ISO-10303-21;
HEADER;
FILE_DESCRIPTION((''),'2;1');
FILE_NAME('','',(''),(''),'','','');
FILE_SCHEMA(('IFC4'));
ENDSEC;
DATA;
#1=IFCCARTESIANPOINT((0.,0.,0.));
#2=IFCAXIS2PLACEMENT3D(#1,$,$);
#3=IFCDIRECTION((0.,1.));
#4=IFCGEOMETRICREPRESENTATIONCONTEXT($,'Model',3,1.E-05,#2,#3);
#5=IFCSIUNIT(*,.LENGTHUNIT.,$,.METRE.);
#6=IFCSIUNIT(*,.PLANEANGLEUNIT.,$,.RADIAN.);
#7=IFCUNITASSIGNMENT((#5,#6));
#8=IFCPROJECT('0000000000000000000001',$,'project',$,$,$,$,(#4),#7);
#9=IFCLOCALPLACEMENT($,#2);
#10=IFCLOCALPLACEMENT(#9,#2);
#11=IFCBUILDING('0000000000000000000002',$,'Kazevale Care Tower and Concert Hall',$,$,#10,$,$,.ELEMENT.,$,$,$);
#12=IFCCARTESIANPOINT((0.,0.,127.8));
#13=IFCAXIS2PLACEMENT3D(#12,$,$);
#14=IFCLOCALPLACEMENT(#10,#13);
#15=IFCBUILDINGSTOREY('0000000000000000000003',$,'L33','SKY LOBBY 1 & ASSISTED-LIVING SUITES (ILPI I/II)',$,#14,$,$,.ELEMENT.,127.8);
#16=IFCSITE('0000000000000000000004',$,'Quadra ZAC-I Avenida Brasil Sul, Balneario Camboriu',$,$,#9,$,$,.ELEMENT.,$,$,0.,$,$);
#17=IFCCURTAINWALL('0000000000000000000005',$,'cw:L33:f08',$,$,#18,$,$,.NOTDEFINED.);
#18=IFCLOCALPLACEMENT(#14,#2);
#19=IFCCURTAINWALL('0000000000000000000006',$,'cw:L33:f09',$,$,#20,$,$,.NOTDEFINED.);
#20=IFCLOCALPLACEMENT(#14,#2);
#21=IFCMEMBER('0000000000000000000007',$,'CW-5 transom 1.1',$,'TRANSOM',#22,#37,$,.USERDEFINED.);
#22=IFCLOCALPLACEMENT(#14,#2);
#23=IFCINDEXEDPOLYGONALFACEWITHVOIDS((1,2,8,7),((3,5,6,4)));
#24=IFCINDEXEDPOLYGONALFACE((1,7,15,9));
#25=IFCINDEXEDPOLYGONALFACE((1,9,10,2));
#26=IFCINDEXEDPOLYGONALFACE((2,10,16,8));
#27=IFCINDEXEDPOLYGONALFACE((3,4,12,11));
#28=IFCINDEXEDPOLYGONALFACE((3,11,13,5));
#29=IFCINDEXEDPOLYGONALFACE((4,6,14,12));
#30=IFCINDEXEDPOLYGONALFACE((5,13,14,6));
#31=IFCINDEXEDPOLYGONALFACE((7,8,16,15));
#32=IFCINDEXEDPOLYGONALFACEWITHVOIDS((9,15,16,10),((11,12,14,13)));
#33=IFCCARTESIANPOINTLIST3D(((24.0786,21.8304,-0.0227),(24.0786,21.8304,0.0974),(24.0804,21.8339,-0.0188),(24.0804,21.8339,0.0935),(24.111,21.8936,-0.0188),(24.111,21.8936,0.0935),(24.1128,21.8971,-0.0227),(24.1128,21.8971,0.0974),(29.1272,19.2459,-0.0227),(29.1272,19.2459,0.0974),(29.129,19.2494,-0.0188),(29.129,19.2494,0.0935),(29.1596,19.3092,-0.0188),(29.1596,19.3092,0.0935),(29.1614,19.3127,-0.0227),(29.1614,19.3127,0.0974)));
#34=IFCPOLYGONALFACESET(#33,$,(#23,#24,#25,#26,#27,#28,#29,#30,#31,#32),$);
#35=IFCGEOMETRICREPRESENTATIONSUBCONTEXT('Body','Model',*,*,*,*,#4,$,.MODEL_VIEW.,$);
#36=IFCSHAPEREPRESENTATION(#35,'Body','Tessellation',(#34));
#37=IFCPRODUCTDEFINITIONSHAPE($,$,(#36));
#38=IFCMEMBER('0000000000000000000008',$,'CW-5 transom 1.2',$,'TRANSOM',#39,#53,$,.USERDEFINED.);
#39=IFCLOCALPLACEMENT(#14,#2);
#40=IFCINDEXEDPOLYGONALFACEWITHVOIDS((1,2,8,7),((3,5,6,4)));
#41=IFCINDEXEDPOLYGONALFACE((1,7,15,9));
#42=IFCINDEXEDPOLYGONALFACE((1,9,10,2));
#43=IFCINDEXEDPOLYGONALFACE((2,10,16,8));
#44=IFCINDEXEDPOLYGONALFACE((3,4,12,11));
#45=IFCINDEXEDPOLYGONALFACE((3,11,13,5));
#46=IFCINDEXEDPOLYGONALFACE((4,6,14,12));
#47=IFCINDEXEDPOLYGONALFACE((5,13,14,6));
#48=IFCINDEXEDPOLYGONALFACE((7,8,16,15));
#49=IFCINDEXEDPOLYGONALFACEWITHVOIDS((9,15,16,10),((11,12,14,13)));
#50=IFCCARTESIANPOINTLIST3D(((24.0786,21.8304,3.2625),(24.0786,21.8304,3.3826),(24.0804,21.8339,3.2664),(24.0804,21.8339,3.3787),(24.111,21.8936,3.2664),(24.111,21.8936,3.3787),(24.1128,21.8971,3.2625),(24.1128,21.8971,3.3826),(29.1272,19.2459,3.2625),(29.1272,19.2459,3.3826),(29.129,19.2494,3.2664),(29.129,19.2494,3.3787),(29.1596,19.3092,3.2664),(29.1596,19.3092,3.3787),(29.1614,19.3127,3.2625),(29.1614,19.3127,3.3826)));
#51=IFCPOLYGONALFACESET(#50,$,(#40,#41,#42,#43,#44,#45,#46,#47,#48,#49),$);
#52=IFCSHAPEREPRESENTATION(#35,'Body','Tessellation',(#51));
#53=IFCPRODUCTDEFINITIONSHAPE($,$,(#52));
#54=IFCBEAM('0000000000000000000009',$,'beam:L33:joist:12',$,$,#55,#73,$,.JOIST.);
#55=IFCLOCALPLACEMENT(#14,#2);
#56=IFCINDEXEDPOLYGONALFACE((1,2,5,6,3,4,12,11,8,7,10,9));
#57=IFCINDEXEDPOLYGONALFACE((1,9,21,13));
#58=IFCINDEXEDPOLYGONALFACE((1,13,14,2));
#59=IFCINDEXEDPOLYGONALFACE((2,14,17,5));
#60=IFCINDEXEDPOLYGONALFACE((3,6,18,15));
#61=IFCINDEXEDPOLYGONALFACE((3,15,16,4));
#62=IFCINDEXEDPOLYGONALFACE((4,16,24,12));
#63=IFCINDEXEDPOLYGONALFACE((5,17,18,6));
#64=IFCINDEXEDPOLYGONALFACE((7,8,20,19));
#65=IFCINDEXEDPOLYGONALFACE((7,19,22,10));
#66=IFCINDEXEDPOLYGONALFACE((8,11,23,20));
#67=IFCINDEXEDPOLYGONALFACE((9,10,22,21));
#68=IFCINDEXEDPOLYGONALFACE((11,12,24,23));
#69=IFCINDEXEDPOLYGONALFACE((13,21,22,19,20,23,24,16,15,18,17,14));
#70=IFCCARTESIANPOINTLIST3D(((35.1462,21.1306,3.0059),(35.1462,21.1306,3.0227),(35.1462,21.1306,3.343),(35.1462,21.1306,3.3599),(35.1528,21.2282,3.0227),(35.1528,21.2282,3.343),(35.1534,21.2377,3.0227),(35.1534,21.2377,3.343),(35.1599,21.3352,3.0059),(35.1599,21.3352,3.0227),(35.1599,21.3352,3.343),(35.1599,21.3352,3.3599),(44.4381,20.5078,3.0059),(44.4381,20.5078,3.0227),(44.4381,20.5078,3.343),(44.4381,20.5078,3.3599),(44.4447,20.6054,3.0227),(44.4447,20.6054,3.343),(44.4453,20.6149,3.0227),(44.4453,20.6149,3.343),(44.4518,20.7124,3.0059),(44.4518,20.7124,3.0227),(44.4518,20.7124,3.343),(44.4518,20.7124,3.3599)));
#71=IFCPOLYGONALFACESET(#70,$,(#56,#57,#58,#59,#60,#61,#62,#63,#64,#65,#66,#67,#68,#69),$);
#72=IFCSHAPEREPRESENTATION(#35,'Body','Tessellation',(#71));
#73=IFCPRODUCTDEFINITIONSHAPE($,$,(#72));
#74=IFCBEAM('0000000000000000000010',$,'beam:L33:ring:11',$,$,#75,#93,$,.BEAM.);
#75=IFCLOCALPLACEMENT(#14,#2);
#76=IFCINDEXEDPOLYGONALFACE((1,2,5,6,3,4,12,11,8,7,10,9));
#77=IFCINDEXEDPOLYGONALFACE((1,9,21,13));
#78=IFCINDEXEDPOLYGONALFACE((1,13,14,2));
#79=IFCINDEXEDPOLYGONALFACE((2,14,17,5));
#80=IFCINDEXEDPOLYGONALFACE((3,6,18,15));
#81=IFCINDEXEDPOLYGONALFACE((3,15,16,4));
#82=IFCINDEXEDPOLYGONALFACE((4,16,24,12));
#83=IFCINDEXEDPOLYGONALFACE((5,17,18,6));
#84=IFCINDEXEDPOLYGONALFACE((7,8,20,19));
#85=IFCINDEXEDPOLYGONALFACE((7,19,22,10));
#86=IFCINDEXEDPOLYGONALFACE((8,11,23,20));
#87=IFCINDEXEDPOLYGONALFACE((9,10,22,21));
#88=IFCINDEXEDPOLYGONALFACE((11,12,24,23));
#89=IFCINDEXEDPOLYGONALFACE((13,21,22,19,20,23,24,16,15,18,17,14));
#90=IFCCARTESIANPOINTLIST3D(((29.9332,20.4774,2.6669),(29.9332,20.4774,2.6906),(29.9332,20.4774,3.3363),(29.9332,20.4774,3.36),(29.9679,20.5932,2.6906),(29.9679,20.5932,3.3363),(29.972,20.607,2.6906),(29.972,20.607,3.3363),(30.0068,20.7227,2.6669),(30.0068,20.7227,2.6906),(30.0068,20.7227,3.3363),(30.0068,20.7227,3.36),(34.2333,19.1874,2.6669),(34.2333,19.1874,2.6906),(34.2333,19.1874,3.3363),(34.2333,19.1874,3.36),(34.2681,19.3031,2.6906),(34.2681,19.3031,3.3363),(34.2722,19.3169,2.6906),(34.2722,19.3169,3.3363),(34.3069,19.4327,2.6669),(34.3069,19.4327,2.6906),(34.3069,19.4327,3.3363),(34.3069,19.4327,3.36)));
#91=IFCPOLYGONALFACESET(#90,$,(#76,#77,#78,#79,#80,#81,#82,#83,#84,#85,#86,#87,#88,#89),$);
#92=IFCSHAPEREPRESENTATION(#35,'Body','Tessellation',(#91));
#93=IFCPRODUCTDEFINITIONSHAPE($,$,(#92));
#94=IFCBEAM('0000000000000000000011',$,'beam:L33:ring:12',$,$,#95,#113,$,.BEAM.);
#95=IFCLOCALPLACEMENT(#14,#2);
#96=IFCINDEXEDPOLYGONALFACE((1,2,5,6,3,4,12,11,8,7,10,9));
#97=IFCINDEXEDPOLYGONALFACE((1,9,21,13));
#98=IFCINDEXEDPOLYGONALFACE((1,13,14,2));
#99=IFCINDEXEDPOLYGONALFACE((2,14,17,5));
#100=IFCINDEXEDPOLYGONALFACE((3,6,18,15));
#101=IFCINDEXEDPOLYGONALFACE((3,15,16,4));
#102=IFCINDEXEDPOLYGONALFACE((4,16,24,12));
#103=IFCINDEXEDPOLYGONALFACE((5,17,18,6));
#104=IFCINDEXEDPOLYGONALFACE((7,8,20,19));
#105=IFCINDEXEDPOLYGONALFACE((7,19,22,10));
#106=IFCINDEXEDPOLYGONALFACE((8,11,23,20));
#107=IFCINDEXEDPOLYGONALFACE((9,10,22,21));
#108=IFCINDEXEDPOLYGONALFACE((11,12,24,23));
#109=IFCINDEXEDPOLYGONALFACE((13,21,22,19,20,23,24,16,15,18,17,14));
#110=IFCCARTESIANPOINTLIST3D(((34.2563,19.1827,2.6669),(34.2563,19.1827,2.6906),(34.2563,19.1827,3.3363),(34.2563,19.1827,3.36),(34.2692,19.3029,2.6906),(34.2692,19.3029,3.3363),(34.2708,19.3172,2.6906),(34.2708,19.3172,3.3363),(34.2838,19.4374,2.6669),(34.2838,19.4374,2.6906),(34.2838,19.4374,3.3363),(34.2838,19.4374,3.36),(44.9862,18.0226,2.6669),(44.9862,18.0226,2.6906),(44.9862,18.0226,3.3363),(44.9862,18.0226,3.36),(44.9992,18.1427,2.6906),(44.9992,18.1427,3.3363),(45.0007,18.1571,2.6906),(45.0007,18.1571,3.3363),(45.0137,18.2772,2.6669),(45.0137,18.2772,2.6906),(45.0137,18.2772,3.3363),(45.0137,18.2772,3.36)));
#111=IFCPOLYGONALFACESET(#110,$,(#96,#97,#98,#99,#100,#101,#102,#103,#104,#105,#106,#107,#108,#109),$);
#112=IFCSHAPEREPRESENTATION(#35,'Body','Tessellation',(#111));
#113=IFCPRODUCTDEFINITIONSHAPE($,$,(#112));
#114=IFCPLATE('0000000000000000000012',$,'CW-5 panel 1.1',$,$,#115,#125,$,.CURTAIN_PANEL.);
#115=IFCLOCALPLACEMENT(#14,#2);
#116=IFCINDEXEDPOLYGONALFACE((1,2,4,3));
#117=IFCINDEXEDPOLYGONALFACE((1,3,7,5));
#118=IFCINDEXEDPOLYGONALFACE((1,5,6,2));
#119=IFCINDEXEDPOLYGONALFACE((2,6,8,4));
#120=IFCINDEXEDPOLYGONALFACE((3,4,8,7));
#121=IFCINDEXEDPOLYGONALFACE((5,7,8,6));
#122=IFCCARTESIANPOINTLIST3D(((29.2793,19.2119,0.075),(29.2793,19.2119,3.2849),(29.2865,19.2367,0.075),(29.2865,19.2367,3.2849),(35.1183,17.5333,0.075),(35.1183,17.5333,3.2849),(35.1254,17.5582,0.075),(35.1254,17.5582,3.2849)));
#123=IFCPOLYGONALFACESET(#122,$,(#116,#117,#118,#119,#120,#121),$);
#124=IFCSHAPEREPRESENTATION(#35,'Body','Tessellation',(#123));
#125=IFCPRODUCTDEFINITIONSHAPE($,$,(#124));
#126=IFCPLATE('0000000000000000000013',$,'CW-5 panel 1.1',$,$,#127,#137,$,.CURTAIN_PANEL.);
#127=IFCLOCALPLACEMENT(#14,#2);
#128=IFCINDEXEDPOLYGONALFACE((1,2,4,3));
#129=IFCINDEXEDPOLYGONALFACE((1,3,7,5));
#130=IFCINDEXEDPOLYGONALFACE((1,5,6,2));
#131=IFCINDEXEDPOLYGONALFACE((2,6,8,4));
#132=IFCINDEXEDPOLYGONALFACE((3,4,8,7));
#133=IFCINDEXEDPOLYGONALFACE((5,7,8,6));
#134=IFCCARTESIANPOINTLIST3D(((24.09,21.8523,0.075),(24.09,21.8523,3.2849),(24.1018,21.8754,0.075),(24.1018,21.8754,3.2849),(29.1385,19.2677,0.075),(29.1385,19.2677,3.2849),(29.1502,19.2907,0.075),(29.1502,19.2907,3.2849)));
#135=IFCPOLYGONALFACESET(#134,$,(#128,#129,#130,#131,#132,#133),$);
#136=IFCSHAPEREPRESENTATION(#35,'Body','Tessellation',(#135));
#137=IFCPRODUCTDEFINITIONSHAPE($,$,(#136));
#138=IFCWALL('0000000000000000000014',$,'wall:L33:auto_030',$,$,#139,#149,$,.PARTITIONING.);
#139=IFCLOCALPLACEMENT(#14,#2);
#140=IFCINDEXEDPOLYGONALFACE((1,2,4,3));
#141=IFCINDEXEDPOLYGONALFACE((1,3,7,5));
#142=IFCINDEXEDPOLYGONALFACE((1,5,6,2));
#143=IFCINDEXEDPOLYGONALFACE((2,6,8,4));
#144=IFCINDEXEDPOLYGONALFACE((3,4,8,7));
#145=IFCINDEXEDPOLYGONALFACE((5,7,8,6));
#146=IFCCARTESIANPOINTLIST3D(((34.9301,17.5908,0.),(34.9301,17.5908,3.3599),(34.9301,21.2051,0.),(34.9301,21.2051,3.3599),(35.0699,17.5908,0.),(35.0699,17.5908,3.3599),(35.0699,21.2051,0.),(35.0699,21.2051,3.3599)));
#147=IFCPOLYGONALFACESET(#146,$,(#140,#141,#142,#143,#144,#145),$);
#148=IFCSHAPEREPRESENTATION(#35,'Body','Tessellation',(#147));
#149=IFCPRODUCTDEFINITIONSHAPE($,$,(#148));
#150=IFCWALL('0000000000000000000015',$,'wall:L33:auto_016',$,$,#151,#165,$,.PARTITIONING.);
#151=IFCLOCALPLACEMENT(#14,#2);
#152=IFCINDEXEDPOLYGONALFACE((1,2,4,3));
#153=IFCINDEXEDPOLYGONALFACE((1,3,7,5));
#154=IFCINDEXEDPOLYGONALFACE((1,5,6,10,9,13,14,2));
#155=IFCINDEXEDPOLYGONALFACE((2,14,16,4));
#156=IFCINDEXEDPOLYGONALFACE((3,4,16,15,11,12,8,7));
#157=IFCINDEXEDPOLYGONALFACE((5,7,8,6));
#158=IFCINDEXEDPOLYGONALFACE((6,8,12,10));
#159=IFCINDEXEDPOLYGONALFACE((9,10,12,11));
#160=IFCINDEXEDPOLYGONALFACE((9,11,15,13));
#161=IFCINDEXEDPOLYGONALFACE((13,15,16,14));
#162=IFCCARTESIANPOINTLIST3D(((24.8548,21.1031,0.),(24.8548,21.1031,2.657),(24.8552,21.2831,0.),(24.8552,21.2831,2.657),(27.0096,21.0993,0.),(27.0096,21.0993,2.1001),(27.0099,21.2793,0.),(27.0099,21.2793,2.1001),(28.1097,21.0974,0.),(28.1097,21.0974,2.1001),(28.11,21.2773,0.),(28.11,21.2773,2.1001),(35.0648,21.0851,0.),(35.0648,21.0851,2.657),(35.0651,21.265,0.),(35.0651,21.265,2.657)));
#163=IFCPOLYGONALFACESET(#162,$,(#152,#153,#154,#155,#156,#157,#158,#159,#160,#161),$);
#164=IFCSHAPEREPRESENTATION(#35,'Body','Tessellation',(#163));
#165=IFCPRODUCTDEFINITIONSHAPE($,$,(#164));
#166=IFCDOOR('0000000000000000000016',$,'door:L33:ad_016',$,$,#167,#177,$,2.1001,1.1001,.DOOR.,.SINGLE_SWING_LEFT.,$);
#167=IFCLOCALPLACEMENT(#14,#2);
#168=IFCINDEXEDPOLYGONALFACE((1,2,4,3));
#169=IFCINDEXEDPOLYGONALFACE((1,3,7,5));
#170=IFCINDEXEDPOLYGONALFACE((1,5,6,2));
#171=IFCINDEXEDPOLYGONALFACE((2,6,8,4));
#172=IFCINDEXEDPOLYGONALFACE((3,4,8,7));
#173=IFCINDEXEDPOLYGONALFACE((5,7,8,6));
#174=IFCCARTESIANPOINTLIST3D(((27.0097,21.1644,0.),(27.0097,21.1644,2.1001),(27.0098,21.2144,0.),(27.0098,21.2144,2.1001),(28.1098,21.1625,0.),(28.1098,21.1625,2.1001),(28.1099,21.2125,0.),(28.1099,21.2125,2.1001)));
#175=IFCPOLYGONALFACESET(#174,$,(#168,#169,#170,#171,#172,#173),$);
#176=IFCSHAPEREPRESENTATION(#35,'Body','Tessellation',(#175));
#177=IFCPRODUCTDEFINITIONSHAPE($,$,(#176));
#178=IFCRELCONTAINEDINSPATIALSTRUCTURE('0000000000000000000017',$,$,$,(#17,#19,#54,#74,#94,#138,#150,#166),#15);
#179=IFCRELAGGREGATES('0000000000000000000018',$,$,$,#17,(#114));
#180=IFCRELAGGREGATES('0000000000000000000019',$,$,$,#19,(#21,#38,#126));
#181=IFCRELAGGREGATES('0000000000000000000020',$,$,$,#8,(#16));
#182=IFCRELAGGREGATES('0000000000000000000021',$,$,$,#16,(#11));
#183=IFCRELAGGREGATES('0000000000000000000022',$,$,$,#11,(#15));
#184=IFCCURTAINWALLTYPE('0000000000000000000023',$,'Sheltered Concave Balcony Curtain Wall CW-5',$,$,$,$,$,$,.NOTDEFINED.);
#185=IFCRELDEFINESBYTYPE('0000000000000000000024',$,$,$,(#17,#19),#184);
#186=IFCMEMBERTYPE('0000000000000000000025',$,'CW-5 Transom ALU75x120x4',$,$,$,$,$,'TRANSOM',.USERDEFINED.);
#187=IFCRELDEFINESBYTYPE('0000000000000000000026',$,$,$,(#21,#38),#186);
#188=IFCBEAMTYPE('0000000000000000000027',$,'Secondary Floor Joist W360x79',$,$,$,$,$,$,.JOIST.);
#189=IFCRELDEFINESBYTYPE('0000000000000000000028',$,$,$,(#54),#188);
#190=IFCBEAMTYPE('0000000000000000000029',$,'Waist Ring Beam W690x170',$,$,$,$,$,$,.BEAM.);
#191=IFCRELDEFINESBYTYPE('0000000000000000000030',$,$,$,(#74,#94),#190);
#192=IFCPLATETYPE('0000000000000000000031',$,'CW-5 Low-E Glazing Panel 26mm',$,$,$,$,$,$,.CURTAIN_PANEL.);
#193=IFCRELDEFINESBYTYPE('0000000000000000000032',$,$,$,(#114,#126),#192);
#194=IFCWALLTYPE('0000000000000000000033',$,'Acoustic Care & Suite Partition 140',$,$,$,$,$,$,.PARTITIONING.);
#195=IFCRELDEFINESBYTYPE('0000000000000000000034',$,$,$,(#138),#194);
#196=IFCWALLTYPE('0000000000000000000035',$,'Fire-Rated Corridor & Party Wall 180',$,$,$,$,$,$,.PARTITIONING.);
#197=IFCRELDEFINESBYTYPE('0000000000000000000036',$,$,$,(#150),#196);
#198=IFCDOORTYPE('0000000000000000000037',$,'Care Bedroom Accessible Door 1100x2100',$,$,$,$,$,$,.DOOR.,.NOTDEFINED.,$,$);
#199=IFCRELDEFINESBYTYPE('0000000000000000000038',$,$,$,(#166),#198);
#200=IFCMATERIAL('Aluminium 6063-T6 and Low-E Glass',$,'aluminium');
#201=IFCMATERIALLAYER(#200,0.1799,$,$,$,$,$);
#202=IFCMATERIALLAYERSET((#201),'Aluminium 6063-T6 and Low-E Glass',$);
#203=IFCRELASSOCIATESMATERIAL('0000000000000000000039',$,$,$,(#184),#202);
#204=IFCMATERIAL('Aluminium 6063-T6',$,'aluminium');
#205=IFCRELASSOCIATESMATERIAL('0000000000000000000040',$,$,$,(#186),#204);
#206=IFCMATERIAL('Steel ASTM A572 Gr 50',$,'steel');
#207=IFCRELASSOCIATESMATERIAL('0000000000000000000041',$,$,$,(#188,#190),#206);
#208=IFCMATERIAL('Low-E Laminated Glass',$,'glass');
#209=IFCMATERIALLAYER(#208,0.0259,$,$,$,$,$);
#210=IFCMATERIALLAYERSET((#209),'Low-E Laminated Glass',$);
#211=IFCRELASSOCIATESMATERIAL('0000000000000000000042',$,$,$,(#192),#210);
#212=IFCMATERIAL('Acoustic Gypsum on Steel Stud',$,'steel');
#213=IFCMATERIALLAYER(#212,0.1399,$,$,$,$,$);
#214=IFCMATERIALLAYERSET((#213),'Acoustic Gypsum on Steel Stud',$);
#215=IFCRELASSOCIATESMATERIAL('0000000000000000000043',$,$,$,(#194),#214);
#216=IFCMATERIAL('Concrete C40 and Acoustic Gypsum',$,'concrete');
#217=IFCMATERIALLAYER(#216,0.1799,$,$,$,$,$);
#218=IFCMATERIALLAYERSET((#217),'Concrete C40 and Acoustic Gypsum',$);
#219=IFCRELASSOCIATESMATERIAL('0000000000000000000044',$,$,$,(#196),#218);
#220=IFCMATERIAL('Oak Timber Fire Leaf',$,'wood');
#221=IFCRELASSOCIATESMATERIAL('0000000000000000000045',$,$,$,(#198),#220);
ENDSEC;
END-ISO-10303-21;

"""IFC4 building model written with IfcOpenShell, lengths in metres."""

from ifc_helpers import new_model, si_unit, direction, frame, frame_2d, origin, origin_2d, place, context, subcontext, project, spatial, rectangle, hollow_rectangle, i_section, extrude, material, layer, layer_set, material_profile, profile_set, type_object, element, fill, aggregate, save


model = new_model("IFC4")

# Units and contexts
model_context = context("Model", 3, precision=1e-05, world=origin(), true_north=direction((0.0, 1.0)))
body_context = subcontext(model_context, "Body", "Model", "MODEL_VIEW")
ifc_project = project(units=[si_unit("LENGTHUNIT", "METRE"), si_unit("PLANEANGLEUNIT", "RADIAN")], contexts=[model_context])

# Site, building, storey
site_placement = place(None, origin())
site = spatial("IfcSite", under=ifc_project, at=site_placement, Name="Quadra ZAC-I Avenida Brasil Sul, Balneario Camboriu", CompositionType="ELEMENT", RefElevation=0.0)
building_placement = place(site_placement, origin())
building = spatial("IfcBuilding", under=site, at=building_placement, Name="Kazevale Care Tower and Concert Hall", CompositionType="ELEMENT")
storey_placement = place(building_placement, frame((0.0, 0.0, 127.8)))
storey = spatial("IfcBuildingStorey", under=building, at=storey_placement, Name="L33", Description="SKY LOBBY 1 & ASSISTED-LIVING SUITES (ILPI I/II)", CompositionType="ELEMENT", Elevation=127.8)

# Curtain wall
ifc_material_1 = material(Name="Aluminium 6063-T6 and Low-E Glass", Category="aluminium")
ifc_layer_1 = layer(ifc_material_1, 0.1799)
ifc_layer_set_1 = layer_set([ifc_layer_1], Name="Aluminium 6063-T6 and Low-E Glass")
curtain_wall_type = type_object("IfcCurtainWallType", Name="Sheltered Concave Balcony Curtain Wall CW-5", PredefinedType="NOTDEFINED", material=ifc_layer_set_1)
curtain_wall_1_placement = place(storey_placement, origin())
curtain_wall_1 = element("IfcCurtainWall", 1, at=curtain_wall_1_placement, inside=storey, type_object=curtain_wall_type, Name="cw:L33:f08", PredefinedType="NOTDEFINED")
ifc_material_2 = material(Name="Aluminium 6063-T6", Category="aluminium")

# Curtain wall
curtain_wall_2_placement = place(storey_placement, origin())
curtain_wall_2 = element("IfcCurtainWall", 2, at=curtain_wall_2_placement, inside=storey, type_object=curtain_wall_type, Name="cw:L33:f09", PredefinedType="NOTDEFINED")

# Members
ifc_material_profile_1 = material_profile(ifc_material_2, hollow_rectangle(XDim=0.075, YDim=0.1201, WallThickness=0.0039, at=origin_2d()), Name="ALU75x120x4")
ifc_profile_set_1 = profile_set([ifc_material_profile_1], Name="Aluminium 6063-T6")
member_type_1 = type_object("IfcMemberType", Name="CW-5 Transom ALU75x120x4", ElementType="TRANSOM", PredefinedType="USERDEFINED", material=ifc_profile_set_1)
member_1_placement = place(storey_placement, frame((29.1443, 19.2793, 0.0374), z_axis=(-0.890143, 0.455682, 0.0), x_axis=(-0.455682, -0.890143, 0.0)))
member_1 = element("IfcMember", 3, at=member_1_placement, type_object=member_type_1, Name="CW-5 transom 1.1", ObjectType="TRANSOM", PredefinedType="USERDEFINED", context=body_context, shape_type="SweptSolid", body=[
    extrude(hollow_rectangle(XDim=0.075, YDim=0.1201, WallThickness=0.0039, at=origin_2d()), origin(), (0.0, 0.0, 1.0), 5.6716),
])
member_2_placement = place(storey_placement, frame((29.1443, 19.2793, 3.3225), z_axis=(-0.890143, 0.455682, 0.0), x_axis=(-0.455682, -0.890143, 0.0)))
member_2 = element("IfcMember", 4, at=member_2_placement, type_object=member_type_1, Name="CW-5 transom 1.2", ObjectType="TRANSOM", PredefinedType="USERDEFINED", context=body_context, shape_type="SweptSolid", body=[
    extrude(hollow_rectangle(XDim=0.075, YDim=0.1201, WallThickness=0.0039, at=origin_2d()), origin(), (0.0, 0.0, 1.0), 5.6716),
])

# Beams
ifc_material_3 = material(Name="Steel ASTM A572 Gr 50", Category="steel")
ifc_material_profile_2 = material_profile(ifc_material_3, i_section(OverallWidth=0.2051, OverallDepth=0.354, WebThickness=0.0095, FlangeThickness=0.0168, at=origin_2d()), Name="W360x79")
ifc_profile_set_2 = profile_set([ifc_material_profile_2], Name="Steel ASTM A572 Gr 50")
beam_type_1 = type_object("IfcBeamType", Name="Secondary Floor Joist W360x79", PredefinedType="JOIST", material=ifc_profile_set_2)
beam_1_placement = place(storey_placement, frame((35.1531, 21.2329, 3.1829), z_axis=(0.997761, -0.066876, 0.0), x_axis=(0.066876, 0.997761, 0.0)))
element("IfcBeam", 5, at=beam_1_placement, inside=storey, type_object=beam_type_1, Name="beam:L33:joist:12", PredefinedType="JOIST", context=body_context, shape_type="SweptSolid", body=[
    extrude(i_section(OverallWidth=0.2051, OverallDepth=0.354, WebThickness=0.0095, FlangeThickness=0.0168, at=origin_2d()), origin(), (0.0, 0.0, 1.0), 9.3127),
])
ifc_material_profile_3 = material_profile(ifc_material_3, i_section(OverallWidth=0.2561, OverallDepth=0.6931, WebThickness=0.0144, FlangeThickness=0.0237, at=origin_2d()), Name="W690x170")
ifc_profile_set_3 = profile_set([ifc_material_profile_3], Name="Steel ASTM A572 Gr 50")
beam_type_2 = type_object("IfcBeamType", Name="Waist Ring Beam W690x170", PredefinedType="BEAM", material=ifc_profile_set_3)
beam_2_placement = place(storey_placement, frame((29.97, 20.6001, 3.0134), z_axis=(0.957825, -0.287353, 0.0), x_axis=(0.287353, 0.957825, 0.0)))
element("IfcBeam", 6, at=beam_2_placement, inside=storey, type_object=beam_type_2, Name="beam:L33:ring:11", PredefinedType="BEAM", context=body_context, shape_type="SweptSolid", body=[
    extrude(i_section(OverallWidth=0.2561, OverallDepth=0.6931, WebThickness=0.0144, FlangeThickness=0.0237, at=origin_2d()), origin(), (0.0, 0.0, 1.0), 4.4895),
])
beam_3_placement = place(storey_placement, frame((34.27, 19.3101, 3.0134), z_axis=(0.994205, -0.107496, 0.0), x_axis=(0.107496, 0.994205, 0.0)))
element("IfcBeam", 7, at=beam_3_placement, inside=storey, type_object=beam_type_2, Name="beam:L33:ring:12", PredefinedType="BEAM", context=body_context, shape_type="SweptSolid", body=[
    extrude(i_section(OverallWidth=0.2561, OverallDepth=0.6931, WebThickness=0.0144, FlangeThickness=0.0237, at=origin_2d()), origin(), (0.0, 0.0, 1.0), 10.7925),
])

# Plates
ifc_material_4 = material(Name="Low-E Laminated Glass", Category="glass")
ifc_layer_2 = layer(ifc_material_4, 0.0259)
ifc_layer_set_2 = layer_set([ifc_layer_2], Name="Low-E Laminated Glass")
plate_type = type_object("IfcPlateType", Name="CW-5 Low-E Glazing Panel 26mm", PredefinedType="CURTAIN_PANEL", material=ifc_layer_set_2)
plate_1_placement = place(storey_placement, frame((32.2024, 18.385, 0.075), z_axis=(0.0, 0.0, 1.0), x_axis=(-0.961074, 0.276291, 0.0)))
plate_1 = element("IfcPlate", 8, at=plate_1_placement, type_object=plate_type, Name="CW-5 panel 1.1", PredefinedType="CURTAIN_PANEL", context=body_context, shape_type="SweptSolid", body=[
    extrude(rectangle(XDim=6.0754, YDim=0.0259, at=origin_2d()), origin(), (0.0, 0.0, 1.0), 3.21),
])
aggregate(curtain_wall_1, [plate_1])
plate_2_placement = place(storey_placement, frame((26.6201, 20.5715, 0.075), z_axis=(0.0, 0.0, 1.0), x_axis=(-0.890127, 0.455713, 0.0)))
plate_2 = element("IfcPlate", 9, at=plate_2_placement, type_object=plate_type, Name="CW-5 panel 1.1", PredefinedType="CURTAIN_PANEL", context=body_context, shape_type="SweptSolid", body=[
    extrude(rectangle(XDim=5.6716, YDim=0.0259, at=origin_2d()), origin(), (0.0, 0.0, 1.0), 3.21),
])
aggregate(curtain_wall_2, [member_1, member_2, plate_2])

# Wall
ifc_material_5 = material(Name="Acoustic Gypsum on Steel Stud", Category="steel")
ifc_layer_3 = layer(ifc_material_5, 0.1399)
ifc_layer_set_3 = layer_set([ifc_layer_3], Name="Acoustic Gypsum on Steel Stud")
wall_type_1 = type_object("IfcWallType", Name="Acoustic Care & Suite Partition 140", PredefinedType="PARTITIONING", material=ifc_layer_set_3)
wall_1_placement = place(storey_placement, frame((35.0, 21.2051, 0.0), z_axis=(0.0, 0.0, 1.0), x_axis=(0.0, -1.0, 0.0)))
element("IfcWall", 10, at=wall_1_placement, inside=storey, type_object=wall_type_1, Name="wall:L33:auto_030", PredefinedType="PARTITIONING", context=body_context, shape_type="SweptSolid", body=[
    extrude(rectangle(XDim=3.6143, YDim=0.1399, at=frame_2d((1.8071, 0.0))), origin(), (0.0, 0.0, 1.0), 3.3599),
])

# Wall, opening, door
ifc_material_6 = material(Name="Concrete C40 and Acoustic Gypsum", Category="concrete")
ifc_layer_4 = layer(ifc_material_6, 0.1799)
ifc_layer_set_4 = layer_set([ifc_layer_4], Name="Concrete C40 and Acoustic Gypsum")
wall_type_2 = type_object("IfcWallType", Name="Fire-Rated Corridor & Party Wall 180", PredefinedType="PARTITIONING", material=ifc_layer_set_4)
wall_2_placement = place(storey_placement, frame((35.0649, 21.175, 0.0), z_axis=(0.0, 0.0, 1.0), x_axis=(-0.999998, 0.001769, 0.0)))
wall_2 = element("IfcWall", 11, at=wall_2_placement, inside=storey, type_object=wall_type_2, Name="wall:L33:auto_016", PredefinedType="PARTITIONING", context=body_context, shape_type="SweptSolid", body=[
    extrude(rectangle(XDim=10.21, YDim=0.1799, at=frame_2d((5.105, 0.0))), origin(), (0.0, 0.0, 1.0), 2.657),
])
opening_placement = place(wall_2_placement, frame((6.9551, 0.0, 0.0)))
opening = element("IfcOpeningElement", 12, at=opening_placement, cuts=wall_2, PredefinedType="OPENING", context=body_context, shape_type="SweptSolid", body=[
    extrude(rectangle(XDim=1.1001, YDim=2.1001, at=frame_2d((0.55, 1.05))), frame((0.0, 0.0999, 0.0), z_axis=(0.0, -1.0, 0.0), x_axis=(1.0, 0.0, 0.0)), (0.0, 0.0, 1.0), 0.2),
])
ifc_material_7 = material(Name="Oak Timber Fire Leaf", Category="wood")
door_type = type_object("IfcDoorType", Name="Care Bedroom Accessible Door 1100x2100", OperationType="NOTDEFINED", PredefinedType="DOOR", material=ifc_material_7)
door_placement = place(opening_placement, origin())
door = element("IfcDoor", 13, at=door_placement, inside=storey, type_object=door_type, Name="door:L33:ad_016", OperationType="SINGLE_SWING_LEFT", OverallHeight=2.1001, OverallWidth=1.1001, PredefinedType="DOOR", context=body_context, shape_type="SweptSolid", body=[
    extrude(rectangle(XDim=1.1001, YDim=2.1001, at=frame_2d((0.55, 1.05))), frame((0.0, 0.0249, 0.0), z_axis=(0.0, -1.0, 0.0), x_axis=(1.0, 0.0, 0.0)), (0.0, 0.0, 1.0), 0.05),
])
fill(opening, door)

save(model, "model.ifc")
